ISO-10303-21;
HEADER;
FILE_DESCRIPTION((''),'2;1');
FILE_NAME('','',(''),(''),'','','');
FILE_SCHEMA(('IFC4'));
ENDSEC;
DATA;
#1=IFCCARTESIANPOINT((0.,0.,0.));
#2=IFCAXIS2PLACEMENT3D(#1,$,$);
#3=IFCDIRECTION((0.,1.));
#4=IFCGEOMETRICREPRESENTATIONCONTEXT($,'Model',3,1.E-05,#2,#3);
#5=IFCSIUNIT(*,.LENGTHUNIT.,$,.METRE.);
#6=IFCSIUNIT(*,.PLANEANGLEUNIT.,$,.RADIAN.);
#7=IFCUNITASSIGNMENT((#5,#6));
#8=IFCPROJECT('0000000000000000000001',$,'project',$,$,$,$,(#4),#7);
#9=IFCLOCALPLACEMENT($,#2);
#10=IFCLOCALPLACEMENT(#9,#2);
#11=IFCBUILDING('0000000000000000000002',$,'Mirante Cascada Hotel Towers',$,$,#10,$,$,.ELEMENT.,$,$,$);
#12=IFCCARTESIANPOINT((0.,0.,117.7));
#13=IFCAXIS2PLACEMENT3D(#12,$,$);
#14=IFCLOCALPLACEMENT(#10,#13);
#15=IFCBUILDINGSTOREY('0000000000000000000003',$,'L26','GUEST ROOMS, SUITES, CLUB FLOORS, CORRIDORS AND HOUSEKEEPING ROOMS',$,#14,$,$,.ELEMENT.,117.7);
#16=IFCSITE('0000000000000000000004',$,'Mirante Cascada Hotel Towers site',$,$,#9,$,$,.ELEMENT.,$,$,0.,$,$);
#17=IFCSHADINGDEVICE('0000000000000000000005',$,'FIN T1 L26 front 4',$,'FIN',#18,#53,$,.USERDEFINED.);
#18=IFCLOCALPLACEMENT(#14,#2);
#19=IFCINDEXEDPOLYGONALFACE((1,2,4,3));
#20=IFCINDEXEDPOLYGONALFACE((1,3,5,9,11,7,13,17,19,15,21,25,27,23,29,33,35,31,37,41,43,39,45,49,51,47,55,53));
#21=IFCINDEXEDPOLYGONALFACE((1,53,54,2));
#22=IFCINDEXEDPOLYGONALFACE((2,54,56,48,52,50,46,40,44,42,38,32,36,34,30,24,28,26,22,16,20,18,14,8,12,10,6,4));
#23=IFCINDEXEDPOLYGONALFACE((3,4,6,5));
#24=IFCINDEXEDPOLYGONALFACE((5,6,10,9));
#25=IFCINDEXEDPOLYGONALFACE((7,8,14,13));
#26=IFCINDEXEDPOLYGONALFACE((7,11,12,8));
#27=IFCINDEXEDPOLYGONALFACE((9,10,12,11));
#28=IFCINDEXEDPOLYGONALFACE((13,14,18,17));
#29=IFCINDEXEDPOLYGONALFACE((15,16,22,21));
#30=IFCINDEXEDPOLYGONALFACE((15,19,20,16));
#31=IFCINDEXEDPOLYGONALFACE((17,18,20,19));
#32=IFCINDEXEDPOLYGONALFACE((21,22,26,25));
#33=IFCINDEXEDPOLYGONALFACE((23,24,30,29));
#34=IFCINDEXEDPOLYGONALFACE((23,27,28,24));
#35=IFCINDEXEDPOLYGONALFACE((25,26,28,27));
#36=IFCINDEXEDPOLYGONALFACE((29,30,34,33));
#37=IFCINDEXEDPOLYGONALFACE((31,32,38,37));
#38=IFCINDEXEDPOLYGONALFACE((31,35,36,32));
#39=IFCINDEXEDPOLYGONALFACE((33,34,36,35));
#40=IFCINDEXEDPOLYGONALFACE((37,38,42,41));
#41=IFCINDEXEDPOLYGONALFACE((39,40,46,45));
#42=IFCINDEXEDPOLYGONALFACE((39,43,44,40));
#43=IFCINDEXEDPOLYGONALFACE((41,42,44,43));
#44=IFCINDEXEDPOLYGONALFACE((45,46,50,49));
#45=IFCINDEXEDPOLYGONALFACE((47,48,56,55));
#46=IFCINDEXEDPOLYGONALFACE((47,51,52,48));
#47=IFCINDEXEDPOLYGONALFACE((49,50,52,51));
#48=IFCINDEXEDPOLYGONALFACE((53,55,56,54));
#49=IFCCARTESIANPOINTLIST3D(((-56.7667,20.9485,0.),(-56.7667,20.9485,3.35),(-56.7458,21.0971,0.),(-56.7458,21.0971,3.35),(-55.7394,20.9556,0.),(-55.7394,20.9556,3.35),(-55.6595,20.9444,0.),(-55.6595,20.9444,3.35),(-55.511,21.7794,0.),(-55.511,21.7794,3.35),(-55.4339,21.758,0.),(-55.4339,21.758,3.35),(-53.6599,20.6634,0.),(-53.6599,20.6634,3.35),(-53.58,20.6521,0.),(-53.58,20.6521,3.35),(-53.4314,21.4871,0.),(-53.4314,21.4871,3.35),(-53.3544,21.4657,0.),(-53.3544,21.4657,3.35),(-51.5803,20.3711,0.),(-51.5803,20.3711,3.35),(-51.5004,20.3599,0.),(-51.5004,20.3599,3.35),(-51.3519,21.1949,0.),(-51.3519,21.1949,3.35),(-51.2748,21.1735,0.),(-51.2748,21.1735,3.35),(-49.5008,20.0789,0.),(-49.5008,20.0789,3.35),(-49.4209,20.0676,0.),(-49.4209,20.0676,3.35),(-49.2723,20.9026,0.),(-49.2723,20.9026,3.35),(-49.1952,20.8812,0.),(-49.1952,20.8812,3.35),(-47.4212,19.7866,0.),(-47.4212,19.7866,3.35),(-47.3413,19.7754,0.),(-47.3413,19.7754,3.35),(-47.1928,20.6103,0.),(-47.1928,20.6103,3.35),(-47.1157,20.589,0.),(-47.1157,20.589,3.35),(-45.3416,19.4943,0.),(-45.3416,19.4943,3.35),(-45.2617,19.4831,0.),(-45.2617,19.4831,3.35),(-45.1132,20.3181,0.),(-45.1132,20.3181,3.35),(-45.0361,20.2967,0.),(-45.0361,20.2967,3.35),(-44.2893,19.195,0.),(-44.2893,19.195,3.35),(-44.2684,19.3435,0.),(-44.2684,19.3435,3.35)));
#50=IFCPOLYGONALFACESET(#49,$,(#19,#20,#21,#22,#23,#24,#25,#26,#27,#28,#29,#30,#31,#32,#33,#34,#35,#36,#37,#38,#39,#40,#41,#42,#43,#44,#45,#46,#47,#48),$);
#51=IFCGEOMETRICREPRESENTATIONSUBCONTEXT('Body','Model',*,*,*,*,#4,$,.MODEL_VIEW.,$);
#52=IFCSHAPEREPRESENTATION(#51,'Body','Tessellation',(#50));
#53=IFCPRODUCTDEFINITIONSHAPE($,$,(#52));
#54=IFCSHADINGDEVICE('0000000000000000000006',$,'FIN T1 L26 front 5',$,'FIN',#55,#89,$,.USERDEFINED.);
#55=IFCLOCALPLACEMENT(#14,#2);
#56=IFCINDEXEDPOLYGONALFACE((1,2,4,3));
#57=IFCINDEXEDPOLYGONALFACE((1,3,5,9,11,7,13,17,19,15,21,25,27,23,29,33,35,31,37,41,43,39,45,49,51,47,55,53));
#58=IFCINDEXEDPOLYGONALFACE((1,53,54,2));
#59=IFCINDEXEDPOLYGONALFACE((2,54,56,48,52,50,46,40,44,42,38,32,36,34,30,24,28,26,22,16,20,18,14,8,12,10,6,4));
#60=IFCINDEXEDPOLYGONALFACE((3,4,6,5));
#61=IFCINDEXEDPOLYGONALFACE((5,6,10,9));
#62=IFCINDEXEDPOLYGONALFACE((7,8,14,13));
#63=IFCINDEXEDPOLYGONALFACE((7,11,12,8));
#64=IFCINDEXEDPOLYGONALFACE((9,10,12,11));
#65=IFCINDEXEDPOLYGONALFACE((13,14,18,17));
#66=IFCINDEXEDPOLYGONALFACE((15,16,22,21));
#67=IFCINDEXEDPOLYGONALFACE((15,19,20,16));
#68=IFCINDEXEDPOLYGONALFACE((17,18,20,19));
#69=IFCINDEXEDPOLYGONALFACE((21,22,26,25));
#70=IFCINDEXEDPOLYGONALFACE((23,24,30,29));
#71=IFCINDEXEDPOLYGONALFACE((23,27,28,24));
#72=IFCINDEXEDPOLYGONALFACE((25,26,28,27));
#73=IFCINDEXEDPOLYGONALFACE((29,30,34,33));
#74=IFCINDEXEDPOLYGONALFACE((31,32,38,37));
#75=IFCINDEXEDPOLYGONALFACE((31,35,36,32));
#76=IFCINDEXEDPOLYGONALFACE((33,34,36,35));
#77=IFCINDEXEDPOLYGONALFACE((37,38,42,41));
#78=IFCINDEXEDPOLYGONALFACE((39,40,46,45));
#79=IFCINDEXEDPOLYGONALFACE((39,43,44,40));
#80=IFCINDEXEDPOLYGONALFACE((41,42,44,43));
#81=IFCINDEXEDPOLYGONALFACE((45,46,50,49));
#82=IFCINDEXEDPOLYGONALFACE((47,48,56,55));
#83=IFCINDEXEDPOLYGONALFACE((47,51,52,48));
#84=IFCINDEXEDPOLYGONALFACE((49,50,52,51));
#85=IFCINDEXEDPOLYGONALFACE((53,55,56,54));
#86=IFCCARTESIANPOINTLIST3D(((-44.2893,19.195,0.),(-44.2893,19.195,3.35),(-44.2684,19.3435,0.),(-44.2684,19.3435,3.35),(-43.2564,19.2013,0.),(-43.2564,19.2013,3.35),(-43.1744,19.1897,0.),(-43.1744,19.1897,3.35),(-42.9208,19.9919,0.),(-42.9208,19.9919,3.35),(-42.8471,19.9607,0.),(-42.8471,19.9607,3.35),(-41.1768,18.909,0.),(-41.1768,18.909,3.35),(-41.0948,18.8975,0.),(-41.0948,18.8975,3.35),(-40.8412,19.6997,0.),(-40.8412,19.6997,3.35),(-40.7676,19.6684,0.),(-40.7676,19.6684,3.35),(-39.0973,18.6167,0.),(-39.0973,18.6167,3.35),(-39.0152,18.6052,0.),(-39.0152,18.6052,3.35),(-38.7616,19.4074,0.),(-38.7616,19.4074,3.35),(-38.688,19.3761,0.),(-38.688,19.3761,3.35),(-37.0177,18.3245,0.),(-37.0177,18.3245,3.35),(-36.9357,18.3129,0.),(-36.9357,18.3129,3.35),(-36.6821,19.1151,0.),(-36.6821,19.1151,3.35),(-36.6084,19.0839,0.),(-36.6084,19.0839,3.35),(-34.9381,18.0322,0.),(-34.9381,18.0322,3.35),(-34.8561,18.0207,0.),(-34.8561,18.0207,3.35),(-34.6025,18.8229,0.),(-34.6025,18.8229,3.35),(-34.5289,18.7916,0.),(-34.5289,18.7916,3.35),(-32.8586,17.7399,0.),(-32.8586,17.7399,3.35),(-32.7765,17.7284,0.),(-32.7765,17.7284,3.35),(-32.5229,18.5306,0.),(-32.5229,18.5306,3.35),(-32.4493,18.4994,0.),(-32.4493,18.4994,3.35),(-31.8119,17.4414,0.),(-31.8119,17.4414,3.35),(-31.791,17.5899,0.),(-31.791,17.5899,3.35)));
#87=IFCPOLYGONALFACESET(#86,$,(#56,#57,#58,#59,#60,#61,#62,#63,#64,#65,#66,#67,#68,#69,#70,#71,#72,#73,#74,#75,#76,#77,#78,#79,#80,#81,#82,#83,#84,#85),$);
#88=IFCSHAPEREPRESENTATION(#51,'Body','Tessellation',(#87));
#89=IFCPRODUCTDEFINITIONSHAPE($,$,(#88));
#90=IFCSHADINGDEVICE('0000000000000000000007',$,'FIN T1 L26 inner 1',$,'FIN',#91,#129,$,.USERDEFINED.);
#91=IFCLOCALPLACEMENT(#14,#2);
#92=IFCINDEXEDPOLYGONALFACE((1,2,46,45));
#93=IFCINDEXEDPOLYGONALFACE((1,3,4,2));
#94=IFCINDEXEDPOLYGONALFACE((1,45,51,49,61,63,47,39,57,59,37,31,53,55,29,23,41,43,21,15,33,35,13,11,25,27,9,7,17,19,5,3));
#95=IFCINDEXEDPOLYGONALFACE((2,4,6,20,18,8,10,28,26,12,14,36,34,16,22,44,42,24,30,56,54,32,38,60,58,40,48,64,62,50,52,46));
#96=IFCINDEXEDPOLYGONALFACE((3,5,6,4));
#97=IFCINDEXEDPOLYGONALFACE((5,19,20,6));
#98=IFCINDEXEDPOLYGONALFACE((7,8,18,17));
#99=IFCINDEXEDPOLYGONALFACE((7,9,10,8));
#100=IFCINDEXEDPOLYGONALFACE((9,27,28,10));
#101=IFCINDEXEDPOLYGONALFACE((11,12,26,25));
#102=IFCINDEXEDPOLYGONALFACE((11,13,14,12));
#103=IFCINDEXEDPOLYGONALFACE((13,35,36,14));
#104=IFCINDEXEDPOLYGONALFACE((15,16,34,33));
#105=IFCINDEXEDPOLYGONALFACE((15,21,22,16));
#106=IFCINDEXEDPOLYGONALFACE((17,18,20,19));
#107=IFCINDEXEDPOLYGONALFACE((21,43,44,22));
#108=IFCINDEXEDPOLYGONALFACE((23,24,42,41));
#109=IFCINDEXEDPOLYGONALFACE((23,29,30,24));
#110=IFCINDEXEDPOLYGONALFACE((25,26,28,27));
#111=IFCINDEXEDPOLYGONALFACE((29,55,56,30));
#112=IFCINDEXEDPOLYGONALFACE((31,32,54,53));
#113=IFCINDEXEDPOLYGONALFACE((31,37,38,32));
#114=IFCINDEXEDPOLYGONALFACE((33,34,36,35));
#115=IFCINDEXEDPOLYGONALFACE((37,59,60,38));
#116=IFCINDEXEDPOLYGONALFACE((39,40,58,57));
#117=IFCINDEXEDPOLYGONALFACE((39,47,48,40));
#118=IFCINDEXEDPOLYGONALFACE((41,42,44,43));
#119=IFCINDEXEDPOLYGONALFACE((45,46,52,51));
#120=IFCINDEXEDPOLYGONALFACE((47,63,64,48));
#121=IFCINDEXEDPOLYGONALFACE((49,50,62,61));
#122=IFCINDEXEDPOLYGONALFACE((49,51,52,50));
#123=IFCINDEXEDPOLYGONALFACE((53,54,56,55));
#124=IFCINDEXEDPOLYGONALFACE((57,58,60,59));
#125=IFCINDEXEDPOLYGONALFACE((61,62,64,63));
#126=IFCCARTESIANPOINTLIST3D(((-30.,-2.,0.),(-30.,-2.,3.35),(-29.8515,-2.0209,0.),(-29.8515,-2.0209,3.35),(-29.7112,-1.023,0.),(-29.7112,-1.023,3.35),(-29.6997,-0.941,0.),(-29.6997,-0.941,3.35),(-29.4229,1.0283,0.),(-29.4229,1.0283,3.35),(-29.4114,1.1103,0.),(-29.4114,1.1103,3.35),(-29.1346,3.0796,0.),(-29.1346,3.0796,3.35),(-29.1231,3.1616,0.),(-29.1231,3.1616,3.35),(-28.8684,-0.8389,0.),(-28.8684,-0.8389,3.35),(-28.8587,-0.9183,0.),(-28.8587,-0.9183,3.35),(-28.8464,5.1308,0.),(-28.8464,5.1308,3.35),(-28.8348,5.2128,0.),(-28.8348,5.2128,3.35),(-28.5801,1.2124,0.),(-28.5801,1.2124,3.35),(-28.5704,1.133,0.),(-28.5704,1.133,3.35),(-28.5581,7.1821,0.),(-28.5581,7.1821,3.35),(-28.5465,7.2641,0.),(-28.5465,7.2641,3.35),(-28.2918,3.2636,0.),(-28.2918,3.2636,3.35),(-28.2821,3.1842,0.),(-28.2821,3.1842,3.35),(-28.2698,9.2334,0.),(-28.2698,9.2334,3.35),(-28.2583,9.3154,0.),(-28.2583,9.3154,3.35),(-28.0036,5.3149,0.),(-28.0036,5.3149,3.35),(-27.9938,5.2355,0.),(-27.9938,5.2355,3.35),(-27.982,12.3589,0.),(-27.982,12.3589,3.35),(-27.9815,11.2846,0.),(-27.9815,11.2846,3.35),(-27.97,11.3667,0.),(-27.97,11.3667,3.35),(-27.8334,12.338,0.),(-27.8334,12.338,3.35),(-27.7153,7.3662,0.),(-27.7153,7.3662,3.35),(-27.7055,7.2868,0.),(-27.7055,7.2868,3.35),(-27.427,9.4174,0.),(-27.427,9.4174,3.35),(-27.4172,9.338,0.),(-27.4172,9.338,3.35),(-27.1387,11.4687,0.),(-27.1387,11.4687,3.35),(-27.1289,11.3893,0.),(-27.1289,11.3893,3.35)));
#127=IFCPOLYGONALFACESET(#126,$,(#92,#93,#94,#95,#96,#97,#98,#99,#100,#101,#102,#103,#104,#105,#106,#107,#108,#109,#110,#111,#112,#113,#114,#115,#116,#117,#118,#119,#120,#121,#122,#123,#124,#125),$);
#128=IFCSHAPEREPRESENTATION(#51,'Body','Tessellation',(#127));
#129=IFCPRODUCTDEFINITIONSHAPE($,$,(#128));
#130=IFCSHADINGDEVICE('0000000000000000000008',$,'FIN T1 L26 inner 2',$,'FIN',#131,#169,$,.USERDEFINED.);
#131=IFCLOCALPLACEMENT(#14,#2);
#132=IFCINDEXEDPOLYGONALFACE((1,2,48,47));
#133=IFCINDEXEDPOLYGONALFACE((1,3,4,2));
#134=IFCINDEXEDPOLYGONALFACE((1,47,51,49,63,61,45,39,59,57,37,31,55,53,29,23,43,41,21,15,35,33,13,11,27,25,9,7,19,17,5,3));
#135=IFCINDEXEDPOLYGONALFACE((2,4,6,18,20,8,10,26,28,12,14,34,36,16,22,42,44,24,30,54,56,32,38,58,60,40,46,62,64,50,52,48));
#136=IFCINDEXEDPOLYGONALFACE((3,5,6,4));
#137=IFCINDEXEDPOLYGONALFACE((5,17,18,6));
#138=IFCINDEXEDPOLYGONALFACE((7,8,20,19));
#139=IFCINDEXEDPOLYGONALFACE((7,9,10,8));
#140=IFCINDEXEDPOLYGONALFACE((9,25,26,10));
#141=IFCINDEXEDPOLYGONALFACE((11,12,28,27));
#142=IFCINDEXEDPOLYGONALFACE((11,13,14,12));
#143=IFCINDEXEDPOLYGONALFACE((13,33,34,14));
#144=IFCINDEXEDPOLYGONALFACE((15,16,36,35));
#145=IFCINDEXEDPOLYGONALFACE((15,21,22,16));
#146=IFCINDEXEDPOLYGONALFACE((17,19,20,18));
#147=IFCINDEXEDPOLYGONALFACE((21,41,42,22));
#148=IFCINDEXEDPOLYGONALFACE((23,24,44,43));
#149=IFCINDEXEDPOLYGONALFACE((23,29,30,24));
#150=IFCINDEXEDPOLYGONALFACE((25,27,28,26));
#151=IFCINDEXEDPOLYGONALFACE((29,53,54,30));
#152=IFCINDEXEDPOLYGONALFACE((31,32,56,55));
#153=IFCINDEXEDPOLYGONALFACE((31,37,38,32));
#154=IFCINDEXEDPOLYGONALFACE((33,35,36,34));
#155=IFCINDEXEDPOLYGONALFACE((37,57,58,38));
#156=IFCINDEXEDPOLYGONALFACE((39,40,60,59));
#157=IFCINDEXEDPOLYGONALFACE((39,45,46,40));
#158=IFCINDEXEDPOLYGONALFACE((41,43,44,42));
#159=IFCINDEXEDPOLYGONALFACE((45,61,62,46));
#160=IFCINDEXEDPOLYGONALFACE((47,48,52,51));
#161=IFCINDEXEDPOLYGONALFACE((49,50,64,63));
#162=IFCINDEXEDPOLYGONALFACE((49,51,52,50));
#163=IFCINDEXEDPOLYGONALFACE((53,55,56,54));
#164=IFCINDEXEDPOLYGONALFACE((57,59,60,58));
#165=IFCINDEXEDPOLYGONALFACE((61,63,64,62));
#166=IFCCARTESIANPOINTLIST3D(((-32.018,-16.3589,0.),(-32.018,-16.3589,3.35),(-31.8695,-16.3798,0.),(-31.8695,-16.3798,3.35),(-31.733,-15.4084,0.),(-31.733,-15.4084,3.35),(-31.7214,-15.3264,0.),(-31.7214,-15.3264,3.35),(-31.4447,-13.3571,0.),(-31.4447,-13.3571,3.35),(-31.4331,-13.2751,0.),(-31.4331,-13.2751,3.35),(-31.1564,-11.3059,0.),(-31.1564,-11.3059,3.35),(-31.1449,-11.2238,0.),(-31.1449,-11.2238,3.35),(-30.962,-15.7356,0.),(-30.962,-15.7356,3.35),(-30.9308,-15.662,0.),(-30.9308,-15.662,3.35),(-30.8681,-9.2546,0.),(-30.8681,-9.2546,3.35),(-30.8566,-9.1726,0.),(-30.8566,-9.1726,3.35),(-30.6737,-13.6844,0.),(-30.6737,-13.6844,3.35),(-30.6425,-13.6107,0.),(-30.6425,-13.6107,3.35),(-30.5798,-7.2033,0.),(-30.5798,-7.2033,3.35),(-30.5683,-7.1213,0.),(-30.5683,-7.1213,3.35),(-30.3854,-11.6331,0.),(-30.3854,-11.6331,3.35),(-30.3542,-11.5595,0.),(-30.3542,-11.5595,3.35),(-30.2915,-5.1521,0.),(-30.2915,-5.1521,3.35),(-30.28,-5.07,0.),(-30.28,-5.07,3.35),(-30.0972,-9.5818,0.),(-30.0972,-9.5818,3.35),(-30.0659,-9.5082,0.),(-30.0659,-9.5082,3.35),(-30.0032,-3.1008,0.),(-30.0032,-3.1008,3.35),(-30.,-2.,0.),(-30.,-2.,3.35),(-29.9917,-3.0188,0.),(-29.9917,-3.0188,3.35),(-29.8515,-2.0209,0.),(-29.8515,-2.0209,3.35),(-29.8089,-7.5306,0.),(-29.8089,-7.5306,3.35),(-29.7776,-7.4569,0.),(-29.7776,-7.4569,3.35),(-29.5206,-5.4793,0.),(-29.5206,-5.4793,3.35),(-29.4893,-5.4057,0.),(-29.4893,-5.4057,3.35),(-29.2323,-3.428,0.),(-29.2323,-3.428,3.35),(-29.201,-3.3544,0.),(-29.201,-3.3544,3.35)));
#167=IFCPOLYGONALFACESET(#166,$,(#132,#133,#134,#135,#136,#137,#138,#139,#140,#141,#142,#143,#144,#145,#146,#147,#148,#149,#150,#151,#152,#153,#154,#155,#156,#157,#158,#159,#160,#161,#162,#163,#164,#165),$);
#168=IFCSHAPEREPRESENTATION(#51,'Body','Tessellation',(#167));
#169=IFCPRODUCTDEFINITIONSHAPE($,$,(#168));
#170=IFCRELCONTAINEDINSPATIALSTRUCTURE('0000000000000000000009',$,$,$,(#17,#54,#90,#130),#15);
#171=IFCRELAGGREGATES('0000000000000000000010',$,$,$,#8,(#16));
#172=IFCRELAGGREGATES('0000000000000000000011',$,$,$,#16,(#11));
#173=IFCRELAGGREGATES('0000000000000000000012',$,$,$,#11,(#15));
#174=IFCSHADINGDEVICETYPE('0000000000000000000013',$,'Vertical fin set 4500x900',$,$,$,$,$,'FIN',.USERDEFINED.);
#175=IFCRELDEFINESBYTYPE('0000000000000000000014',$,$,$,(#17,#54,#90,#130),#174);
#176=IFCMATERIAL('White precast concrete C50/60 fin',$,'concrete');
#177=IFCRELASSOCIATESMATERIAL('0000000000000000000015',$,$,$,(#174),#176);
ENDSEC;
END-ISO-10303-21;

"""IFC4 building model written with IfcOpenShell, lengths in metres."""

from ifc_helpers import new_model, si_unit, direction, frame, origin, place, context, subcontext, project, spatial, polyline, outline, extrude, material, type_object, element, save


model = new_model("IFC4")

# Units and contexts
model_context = context("Model", 3, precision=1e-05, world=origin(), true_north=direction((0.0, 1.0)))
body_context = subcontext(model_context, "Body", "Model", "MODEL_VIEW")
ifc_project = project(units=[si_unit("LENGTHUNIT", "METRE"), si_unit("PLANEANGLEUNIT", "RADIAN")], contexts=[model_context])

# Site, building, storey
site_placement = place(None, origin())
site = spatial("IfcSite", under=ifc_project, at=site_placement, Name="Mirante Cascada Hotel Towers site", CompositionType="ELEMENT", RefElevation=0.0)
building_placement = place(site_placement, origin())
building = spatial("IfcBuilding", under=site, at=building_placement, Name="Mirante Cascada Hotel Towers", CompositionType="ELEMENT")
storey_placement = place(building_placement, frame((0.0, 0.0, 117.7)))
storey = spatial("IfcBuildingStorey", under=building, at=storey_placement, Name="L26", Description="GUEST ROOMS, SUITES, CLUB FLOORS, CORRIDORS AND HOUSEKEEPING ROOMS", CompositionType="ELEMENT", Elevation=117.7)

# Shading devices
ifc_material_1 = material(Name="White precast concrete C50/60 fin", Category="concrete")
shading_device_type = type_object("IfcShadingDeviceType", Name="Vertical fin set 4500x900", ElementType="FIN", PredefinedType="USERDEFINED", material=ifc_material_1)
shading_device_1_placement = place(storey_placement, origin())
element("IfcShadingDevice", 1, at=shading_device_1_placement, inside=storey, type_object=shading_device_type, Name="FIN T1 L26 front 4", ObjectType="FIN", PredefinedType="USERDEFINED", context=body_context, shape_type="SweptSolid", body=[
    extrude(outline(polyline([(-45.0361, 20.2967), (-45.2617, 19.4831), (-44.2684, 19.3435), (-44.2893, 19.195), (-56.7667, 20.9485), (-56.7458, 21.0971), (-55.7394, 20.9556), (-55.511, 21.7794), (-55.4339, 21.758), (-55.6595, 20.9444), (-53.6599, 20.6634), (-53.4314, 21.4871), (-53.3544, 21.4657), (-53.58, 20.6521), (-51.5803, 20.3711), (-51.3519, 21.1949), (-51.2748, 21.1735), (-51.5004, 20.3599), (-49.5008, 20.0789), (-49.2723, 20.9026), (-49.1952, 20.8812), (-49.4209, 20.0676), (-47.4212, 19.7866), (-47.1928, 20.6103), (-47.1157, 20.589), (-47.3413, 19.7754), (-45.3416, 19.4943), (-45.1132, 20.3181), (-45.0361, 20.2967)])), origin(), (0.0, 0.0, 1.0), 3.35),
])
shading_device_2_placement = place(storey_placement, origin())
element("IfcShadingDevice", 2, at=shading_device_2_placement, inside=storey, type_object=shading_device_type, Name="FIN T1 L26 front 5", ObjectType="FIN", PredefinedType="USERDEFINED", context=body_context, shape_type="SweptSolid", body=[
    extrude(outline(polyline([(-32.4493, 18.4994), (-32.7765, 17.7284), (-31.791, 17.5899), (-31.8119, 17.4414), (-44.2893, 19.195), (-44.2684, 19.3435), (-43.2564, 19.2013), (-42.9208, 19.9919), (-42.8471, 19.9607), (-43.1744, 19.1897), (-41.1768, 18.909), (-40.8412, 19.6997), (-40.7676, 19.6684), (-41.0948, 18.8975), (-39.0973, 18.6167), (-38.7616, 19.4074), (-38.688, 19.3761), (-39.0152, 18.6052), (-37.0177, 18.3245), (-36.6821, 19.1151), (-36.6084, 19.0839), (-36.9357, 18.3129), (-34.9381, 18.0322), (-34.6025, 18.8229), (-34.5289, 18.7916), (-34.8561, 18.0207), (-32.8586, 17.7399), (-32.5229, 18.5306), (-32.4493, 18.4994)])), origin(), (0.0, 0.0, 1.0), 3.35),
])
shading_device_3_placement = place(storey_placement, origin())
element("IfcShadingDevice", 3, at=shading_device_3_placement, inside=storey, type_object=shading_device_type, Name="FIN T1 L26 inner 1", ObjectType="FIN", PredefinedType="USERDEFINED", context=body_context, shape_type="SweptSolid", body=[
    extrude(outline(polyline([(-29.7112, -1.023), (-29.8515, -2.0209), (-30.0, -2.0), (-27.982, 12.3589), (-27.8334, 12.338), (-27.97, 11.3667), (-27.1387, 11.4687), (-27.1289, 11.3893), (-27.9815, 11.2846), (-28.2583, 9.3154), (-27.427, 9.4174), (-27.4172, 9.338), (-28.2698, 9.2334), (-28.5465, 7.2641), (-27.7153, 7.3662), (-27.7055, 7.2868), (-28.5581, 7.1821), (-28.8348, 5.2128), (-28.0036, 5.3149), (-27.9938, 5.2355), (-28.8464, 5.1308), (-29.1231, 3.1616), (-28.2918, 3.2636), (-28.2821, 3.1842), (-29.1346, 3.0796), (-29.4114, 1.1103), (-28.5801, 1.2124), (-28.5704, 1.133), (-29.4229, 1.0283), (-29.6997, -0.941), (-28.8684, -0.8389), (-28.8587, -0.9183), (-29.7112, -1.023)])), origin(), (0.0, 0.0, 1.0), 3.35),
])
shading_device_4_placement = place(storey_placement, origin())
element("IfcShadingDevice", 4, at=shading_device_4_placement, inside=storey, type_object=shading_device_type, Name="FIN T1 L26 inner 2", ObjectType="FIN", PredefinedType="USERDEFINED", context=body_context, shape_type="SweptSolid", body=[
    extrude(outline(polyline([(-31.733, -15.4084), (-31.8695, -16.3798), (-32.018, -16.3589), (-30.0, -2.0), (-29.8515, -2.0209), (-29.9917, -3.0188), (-29.201, -3.3544), (-29.2323, -3.428), (-30.0032, -3.1008), (-30.28, -5.07), (-29.4893, -5.4057), (-29.5206, -5.4793), (-30.2915, -5.1521), (-30.5683, -7.1213), (-29.7776, -7.4569), (-29.8089, -7.5306), (-30.5798, -7.2033), (-30.8566, -9.1726), (-30.0659, -9.5082), (-30.0972, -9.5818), (-30.8681, -9.2546), (-31.1449, -11.2238), (-30.3542, -11.5595), (-30.3854, -11.6331), (-31.1564, -11.3059), (-31.4331, -13.2751), (-30.6425, -13.6107), (-30.6737, -13.6844), (-31.4447, -13.3571), (-31.7214, -15.3264), (-30.9308, -15.662), (-30.962, -15.7356), (-31.733, -15.4084)])), origin(), (0.0, 0.0, 1.0), 3.35),
])

save(model, "model.ifc")
